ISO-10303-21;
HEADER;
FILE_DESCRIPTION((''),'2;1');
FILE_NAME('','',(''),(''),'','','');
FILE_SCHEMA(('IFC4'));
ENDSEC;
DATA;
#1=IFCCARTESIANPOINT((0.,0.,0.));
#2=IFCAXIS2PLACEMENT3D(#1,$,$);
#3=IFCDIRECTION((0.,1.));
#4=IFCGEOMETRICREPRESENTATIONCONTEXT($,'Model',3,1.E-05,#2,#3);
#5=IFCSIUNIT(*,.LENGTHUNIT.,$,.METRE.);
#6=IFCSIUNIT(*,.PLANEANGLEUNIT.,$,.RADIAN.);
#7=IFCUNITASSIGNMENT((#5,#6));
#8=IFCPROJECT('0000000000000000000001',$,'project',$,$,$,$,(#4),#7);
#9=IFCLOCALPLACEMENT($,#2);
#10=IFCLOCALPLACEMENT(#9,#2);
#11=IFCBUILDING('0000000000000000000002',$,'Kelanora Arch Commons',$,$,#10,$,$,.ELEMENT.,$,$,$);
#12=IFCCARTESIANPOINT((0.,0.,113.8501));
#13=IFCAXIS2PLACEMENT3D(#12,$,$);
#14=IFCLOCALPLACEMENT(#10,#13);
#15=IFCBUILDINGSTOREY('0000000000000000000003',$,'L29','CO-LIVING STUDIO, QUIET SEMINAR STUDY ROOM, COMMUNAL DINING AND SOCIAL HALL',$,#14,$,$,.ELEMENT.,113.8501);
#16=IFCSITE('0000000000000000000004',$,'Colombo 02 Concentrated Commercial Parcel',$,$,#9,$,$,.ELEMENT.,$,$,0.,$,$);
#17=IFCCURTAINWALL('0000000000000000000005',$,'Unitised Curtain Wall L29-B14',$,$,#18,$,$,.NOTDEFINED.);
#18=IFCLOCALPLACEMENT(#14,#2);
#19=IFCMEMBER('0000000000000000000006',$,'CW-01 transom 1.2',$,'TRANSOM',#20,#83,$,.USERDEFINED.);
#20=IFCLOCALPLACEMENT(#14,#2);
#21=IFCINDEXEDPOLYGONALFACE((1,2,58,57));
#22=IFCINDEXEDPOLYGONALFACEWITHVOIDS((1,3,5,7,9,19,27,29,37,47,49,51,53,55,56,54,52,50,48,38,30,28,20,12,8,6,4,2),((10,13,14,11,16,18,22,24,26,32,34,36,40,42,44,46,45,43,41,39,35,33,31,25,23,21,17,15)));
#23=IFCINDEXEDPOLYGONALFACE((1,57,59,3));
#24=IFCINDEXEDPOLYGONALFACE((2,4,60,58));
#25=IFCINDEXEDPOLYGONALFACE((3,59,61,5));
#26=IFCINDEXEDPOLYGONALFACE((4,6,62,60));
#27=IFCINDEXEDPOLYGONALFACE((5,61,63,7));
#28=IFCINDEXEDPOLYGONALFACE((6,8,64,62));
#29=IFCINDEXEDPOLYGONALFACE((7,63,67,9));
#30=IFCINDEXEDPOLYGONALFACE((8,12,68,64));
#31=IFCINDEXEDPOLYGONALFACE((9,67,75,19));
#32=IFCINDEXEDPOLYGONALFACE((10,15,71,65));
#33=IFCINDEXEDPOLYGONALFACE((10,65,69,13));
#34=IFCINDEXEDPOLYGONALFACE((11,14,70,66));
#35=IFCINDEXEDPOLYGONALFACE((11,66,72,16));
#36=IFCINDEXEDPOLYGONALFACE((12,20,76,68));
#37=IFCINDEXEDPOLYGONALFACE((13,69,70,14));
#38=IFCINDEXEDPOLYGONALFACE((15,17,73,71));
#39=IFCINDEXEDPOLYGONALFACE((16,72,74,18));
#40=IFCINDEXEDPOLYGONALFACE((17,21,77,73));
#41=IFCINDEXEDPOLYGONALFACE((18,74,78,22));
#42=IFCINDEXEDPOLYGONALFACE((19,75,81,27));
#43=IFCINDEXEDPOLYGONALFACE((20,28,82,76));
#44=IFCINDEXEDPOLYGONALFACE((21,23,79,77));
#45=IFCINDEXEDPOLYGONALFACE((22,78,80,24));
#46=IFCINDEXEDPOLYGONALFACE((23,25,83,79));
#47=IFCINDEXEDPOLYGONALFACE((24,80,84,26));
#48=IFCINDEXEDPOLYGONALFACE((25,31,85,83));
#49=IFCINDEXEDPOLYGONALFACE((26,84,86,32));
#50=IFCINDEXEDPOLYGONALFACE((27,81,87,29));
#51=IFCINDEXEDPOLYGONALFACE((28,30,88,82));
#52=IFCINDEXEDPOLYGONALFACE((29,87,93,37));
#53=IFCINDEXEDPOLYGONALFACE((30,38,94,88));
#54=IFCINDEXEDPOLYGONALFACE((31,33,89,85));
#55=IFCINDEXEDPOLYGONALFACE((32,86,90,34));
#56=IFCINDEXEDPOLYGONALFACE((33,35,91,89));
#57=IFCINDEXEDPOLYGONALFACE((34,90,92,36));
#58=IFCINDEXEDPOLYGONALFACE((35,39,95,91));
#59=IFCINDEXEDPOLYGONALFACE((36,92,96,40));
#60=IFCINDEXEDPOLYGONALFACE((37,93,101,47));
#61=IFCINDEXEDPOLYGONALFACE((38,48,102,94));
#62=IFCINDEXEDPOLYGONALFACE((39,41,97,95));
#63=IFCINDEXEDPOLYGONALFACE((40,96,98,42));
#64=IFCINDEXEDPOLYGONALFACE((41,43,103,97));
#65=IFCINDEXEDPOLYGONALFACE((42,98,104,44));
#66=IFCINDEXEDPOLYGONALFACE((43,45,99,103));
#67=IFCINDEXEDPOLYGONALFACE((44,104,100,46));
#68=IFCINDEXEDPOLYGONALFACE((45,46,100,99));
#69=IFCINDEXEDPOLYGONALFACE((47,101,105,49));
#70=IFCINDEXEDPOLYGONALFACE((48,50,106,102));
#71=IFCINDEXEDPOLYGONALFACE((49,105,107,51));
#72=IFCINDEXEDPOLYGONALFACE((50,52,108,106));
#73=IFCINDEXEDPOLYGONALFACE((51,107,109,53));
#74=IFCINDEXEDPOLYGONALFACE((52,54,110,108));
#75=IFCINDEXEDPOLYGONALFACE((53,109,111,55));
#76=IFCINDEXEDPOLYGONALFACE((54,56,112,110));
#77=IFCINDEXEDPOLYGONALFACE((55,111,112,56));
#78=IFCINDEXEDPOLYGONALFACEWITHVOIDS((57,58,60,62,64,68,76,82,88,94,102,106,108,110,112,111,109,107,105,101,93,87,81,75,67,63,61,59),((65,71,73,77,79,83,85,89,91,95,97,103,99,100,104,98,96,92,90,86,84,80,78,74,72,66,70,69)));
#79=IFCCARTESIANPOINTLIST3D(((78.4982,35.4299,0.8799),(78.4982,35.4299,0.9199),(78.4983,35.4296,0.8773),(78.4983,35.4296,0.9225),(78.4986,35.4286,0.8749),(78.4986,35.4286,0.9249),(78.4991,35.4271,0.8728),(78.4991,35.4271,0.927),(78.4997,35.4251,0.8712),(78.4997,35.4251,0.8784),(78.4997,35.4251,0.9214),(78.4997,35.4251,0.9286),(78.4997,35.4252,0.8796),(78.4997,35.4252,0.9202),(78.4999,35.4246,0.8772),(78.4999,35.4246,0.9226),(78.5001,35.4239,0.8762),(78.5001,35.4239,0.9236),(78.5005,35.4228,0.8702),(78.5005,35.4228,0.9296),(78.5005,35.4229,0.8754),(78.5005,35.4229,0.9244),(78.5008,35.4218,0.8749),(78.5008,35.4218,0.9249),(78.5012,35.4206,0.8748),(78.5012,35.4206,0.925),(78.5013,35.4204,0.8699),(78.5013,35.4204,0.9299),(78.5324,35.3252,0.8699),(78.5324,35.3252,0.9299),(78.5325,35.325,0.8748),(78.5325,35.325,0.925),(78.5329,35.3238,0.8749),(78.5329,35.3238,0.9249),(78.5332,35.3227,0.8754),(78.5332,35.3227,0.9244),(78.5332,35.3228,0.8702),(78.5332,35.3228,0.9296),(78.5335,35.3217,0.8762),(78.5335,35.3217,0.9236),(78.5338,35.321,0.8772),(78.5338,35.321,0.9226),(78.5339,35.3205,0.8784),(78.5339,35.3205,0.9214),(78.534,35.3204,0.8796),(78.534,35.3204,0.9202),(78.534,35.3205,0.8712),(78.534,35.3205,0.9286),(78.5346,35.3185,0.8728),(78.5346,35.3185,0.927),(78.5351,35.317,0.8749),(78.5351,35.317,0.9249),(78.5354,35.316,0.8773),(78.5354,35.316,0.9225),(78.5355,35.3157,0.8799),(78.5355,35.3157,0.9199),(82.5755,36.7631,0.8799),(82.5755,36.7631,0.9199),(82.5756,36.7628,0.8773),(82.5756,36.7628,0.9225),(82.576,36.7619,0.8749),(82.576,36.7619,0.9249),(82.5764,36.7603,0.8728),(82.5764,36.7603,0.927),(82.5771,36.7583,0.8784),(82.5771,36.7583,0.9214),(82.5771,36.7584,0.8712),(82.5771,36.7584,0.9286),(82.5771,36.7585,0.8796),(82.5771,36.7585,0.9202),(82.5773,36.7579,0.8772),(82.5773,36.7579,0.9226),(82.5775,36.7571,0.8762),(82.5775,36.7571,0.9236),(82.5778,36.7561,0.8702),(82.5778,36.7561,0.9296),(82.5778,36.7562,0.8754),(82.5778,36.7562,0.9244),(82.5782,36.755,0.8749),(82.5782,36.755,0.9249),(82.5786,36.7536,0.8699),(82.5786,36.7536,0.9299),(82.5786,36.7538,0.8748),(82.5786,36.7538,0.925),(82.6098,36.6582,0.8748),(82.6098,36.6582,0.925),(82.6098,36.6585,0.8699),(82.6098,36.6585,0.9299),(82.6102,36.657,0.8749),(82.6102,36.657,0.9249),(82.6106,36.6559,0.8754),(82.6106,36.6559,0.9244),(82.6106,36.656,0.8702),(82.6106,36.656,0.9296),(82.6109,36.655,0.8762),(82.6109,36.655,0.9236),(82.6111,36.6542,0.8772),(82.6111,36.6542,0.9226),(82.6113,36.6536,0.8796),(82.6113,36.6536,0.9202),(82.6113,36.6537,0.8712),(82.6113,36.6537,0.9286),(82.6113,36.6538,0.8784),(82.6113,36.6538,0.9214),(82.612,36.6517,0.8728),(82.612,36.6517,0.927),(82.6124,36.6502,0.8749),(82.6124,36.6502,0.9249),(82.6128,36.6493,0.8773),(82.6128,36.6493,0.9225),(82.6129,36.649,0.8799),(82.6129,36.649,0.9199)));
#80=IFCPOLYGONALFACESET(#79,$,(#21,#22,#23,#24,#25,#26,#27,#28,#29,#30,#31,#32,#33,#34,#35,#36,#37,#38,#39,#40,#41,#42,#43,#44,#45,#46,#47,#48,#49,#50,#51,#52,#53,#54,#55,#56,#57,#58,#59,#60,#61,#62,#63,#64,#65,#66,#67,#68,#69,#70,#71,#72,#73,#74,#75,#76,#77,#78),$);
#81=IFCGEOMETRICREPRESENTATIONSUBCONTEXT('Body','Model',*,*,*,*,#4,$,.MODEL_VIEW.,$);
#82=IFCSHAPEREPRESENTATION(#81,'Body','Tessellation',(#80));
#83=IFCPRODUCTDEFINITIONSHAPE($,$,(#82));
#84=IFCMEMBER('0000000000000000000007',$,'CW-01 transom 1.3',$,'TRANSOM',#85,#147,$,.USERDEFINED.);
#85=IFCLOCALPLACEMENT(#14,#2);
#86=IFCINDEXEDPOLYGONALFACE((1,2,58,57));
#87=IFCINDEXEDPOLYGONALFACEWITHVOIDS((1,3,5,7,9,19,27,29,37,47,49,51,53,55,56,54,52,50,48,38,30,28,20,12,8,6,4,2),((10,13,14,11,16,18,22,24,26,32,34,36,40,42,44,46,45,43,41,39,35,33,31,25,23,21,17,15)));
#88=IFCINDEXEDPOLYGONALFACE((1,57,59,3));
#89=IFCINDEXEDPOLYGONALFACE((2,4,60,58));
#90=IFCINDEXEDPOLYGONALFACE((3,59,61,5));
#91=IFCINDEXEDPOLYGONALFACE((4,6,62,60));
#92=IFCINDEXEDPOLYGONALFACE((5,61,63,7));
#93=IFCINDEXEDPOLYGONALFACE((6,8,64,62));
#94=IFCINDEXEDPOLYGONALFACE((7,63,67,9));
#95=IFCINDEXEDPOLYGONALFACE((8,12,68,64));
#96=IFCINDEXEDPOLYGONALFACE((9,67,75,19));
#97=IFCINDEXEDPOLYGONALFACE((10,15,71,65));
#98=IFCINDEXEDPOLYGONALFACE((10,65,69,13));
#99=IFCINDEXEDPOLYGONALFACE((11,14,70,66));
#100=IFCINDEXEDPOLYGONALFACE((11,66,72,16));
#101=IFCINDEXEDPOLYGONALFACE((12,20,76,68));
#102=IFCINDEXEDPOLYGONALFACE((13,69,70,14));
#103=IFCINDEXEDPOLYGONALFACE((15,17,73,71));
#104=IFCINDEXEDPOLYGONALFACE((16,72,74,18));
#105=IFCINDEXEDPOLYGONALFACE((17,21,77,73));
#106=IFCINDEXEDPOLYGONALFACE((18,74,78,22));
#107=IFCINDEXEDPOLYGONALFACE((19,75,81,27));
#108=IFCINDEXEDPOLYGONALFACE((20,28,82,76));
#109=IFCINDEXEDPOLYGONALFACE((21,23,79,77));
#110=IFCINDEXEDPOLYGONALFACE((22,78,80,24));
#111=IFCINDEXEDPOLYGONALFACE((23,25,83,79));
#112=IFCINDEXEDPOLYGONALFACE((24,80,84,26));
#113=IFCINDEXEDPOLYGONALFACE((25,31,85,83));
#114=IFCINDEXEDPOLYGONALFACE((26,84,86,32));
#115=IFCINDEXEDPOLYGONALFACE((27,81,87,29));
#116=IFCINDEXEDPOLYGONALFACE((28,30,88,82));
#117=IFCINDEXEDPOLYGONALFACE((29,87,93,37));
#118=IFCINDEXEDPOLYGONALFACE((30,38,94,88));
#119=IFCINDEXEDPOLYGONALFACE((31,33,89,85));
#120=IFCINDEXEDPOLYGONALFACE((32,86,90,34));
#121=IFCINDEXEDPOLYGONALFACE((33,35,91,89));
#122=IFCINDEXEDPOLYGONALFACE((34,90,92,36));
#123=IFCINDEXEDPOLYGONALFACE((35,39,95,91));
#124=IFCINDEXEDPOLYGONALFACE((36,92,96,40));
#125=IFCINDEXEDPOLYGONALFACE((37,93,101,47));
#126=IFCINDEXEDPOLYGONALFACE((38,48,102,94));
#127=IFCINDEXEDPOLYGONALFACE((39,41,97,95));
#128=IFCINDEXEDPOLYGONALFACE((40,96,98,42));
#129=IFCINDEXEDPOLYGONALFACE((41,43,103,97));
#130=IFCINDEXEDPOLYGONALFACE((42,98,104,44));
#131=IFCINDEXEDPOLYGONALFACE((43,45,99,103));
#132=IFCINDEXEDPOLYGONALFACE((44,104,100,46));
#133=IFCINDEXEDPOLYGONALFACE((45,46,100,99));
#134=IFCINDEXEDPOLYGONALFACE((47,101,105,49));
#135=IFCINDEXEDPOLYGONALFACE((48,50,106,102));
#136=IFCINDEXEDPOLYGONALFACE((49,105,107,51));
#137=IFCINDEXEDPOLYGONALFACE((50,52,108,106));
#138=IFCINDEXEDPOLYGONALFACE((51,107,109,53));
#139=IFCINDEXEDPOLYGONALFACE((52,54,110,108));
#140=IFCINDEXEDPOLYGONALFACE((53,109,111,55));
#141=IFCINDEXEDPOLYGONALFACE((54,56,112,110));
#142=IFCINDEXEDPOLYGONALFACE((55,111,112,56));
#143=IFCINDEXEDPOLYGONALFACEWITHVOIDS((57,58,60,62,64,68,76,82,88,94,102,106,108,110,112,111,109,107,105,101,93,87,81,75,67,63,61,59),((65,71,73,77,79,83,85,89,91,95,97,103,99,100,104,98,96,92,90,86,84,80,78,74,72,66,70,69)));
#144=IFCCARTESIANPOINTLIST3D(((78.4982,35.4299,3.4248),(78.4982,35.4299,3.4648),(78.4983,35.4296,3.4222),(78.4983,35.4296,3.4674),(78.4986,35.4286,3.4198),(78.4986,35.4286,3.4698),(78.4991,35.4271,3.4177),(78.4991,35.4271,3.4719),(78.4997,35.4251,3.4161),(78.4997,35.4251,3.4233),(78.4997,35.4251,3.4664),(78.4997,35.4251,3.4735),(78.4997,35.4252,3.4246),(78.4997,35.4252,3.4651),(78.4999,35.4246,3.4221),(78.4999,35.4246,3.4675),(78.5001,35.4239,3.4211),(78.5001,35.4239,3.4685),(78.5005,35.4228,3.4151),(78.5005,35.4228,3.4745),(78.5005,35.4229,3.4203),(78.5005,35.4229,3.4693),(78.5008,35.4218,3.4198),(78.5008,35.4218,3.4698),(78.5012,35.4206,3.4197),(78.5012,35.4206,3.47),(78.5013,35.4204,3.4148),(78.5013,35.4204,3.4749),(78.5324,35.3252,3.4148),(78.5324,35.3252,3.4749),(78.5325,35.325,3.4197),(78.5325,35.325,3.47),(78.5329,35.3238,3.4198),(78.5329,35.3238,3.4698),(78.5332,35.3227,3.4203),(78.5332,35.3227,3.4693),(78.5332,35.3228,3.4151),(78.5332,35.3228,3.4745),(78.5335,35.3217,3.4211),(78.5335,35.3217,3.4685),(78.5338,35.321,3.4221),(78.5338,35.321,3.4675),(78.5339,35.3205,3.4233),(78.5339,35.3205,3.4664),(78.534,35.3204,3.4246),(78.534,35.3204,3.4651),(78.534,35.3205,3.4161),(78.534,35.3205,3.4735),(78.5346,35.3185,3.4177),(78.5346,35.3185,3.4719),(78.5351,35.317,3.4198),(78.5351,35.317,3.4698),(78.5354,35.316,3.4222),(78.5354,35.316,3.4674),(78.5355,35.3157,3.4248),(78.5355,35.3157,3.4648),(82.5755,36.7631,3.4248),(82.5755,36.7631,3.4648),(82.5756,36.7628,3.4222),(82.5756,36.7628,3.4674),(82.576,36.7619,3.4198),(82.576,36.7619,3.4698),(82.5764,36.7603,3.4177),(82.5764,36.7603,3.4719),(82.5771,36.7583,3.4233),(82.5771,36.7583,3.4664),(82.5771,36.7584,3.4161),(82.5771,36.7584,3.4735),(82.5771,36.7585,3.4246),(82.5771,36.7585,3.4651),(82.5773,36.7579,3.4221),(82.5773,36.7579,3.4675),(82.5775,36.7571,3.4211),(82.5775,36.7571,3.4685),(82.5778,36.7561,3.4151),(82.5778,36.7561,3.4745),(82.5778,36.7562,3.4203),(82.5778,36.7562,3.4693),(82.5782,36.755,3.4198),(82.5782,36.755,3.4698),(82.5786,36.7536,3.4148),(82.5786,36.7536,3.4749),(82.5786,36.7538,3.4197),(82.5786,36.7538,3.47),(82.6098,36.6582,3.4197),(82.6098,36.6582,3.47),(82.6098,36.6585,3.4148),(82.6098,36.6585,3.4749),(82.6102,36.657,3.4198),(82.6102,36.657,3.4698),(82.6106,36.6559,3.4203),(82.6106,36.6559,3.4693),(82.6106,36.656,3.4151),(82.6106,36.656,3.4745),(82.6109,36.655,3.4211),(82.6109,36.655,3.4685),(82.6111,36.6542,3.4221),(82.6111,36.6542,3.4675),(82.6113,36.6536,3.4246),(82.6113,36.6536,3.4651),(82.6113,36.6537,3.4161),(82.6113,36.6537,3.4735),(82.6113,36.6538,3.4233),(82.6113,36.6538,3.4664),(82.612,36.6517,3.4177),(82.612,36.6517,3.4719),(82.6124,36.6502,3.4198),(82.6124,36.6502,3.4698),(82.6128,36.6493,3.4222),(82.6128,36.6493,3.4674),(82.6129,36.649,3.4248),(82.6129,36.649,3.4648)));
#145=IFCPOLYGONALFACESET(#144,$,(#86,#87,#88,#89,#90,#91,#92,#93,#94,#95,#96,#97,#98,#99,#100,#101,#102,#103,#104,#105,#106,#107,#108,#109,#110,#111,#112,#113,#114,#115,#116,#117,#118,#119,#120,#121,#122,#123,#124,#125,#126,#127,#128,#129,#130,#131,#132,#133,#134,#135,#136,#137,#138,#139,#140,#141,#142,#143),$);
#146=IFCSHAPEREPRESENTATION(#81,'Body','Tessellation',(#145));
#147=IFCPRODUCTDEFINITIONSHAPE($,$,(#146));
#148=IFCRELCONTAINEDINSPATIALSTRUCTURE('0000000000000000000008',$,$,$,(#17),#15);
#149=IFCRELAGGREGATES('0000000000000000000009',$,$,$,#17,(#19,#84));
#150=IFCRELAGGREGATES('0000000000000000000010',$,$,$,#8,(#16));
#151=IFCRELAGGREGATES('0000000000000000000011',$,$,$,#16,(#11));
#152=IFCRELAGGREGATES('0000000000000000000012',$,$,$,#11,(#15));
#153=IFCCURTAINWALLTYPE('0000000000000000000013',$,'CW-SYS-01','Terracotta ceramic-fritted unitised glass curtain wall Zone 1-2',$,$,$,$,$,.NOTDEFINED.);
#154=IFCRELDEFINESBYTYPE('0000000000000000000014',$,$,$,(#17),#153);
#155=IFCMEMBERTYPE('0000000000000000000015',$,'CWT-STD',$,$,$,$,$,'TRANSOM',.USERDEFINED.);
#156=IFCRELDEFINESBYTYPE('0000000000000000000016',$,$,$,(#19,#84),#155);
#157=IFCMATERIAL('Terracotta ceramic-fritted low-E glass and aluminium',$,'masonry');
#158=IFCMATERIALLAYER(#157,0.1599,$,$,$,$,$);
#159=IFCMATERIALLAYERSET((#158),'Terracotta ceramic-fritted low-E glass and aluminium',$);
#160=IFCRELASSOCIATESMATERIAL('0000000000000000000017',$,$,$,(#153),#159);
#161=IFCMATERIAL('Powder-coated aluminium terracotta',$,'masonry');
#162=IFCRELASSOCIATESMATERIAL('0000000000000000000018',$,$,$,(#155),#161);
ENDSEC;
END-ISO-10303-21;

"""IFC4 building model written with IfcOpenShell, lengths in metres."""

from ifc_helpers import new_model, si_unit, direction, frame, origin, origin_2d, place, context, subcontext, project, spatial, hollow_rectangle, extrude, material, layer, layer_set, material_profile, profile_set, type_object, element, aggregate, save


model = new_model("IFC4")

# Units and contexts
model_context = context("Model", 3, precision=1e-05, world=origin(), true_north=direction((0.0, 1.0)))
body_context = subcontext(model_context, "Body", "Model", "MODEL_VIEW")
ifc_project = project(units=[si_unit("LENGTHUNIT", "METRE"), si_unit("PLANEANGLEUNIT", "RADIAN")], contexts=[model_context])

# Site, building, storey
site_placement = place(None, origin())
site = spatial("IfcSite", under=ifc_project, at=site_placement, Name="Colombo 02 Concentrated Commercial Parcel", CompositionType="ELEMENT", RefElevation=0.0)
building_placement = place(site_placement, origin())
building = spatial("IfcBuilding", under=site, at=building_placement, Name="Kelanora Arch Commons", CompositionType="ELEMENT")
storey_placement = place(building_placement, frame((0.0, 0.0, 113.8501)))
storey = spatial("IfcBuildingStorey", under=building, at=storey_placement, Name="L29", Description="CO-LIVING STUDIO, QUIET SEMINAR STUDY ROOM, COMMUNAL DINING AND SOCIAL HALL", CompositionType="ELEMENT", Elevation=113.8501)

# Curtain wall, members
ifc_material_1 = material(Name="Terracotta ceramic-fritted low-E glass and aluminium", Category="masonry")
ifc_layer_1 = layer(ifc_material_1, 0.1599)
ifc_layer_set_1 = layer_set([ifc_layer_1], Name="Terracotta ceramic-fritted low-E glass and aluminium")
curtain_wall_type = type_object("IfcCurtainWallType", Name="CW-SYS-01", Description="Terracotta ceramic-fritted unitised glass curtain wall Zone 1-2", PredefinedType="NOTDEFINED", material=ifc_layer_set_1)
curtain_wall_placement = place(storey_placement, origin())
curtain_wall = element("IfcCurtainWall", 1, at=curtain_wall_placement, inside=storey, type_object=curtain_wall_type, Name="Unitised Curtain Wall L29-B14", PredefinedType="NOTDEFINED")
ifc_material_2 = material(Name="Powder-coated aluminium terracotta", Category="masonry")
ifc_material_profile_1 = material_profile(ifc_material_2, hollow_rectangle(XDim=0.1201, YDim=0.0601, WallThickness=0.0049, InnerFilletRadius=0.0049, OuterFilletRadius=0.01, at=origin_2d()), Name="CWT120x60")
ifc_profile_set_1 = profile_set([ifc_material_profile_1], Name="Powder-coated aluminium terracotta")
member_type_1 = type_object("IfcMemberType", Name="CWT-STD", ElementType="TRANSOM", PredefinedType="USERDEFINED", material=ifc_profile_set_1)
member_1_placement = place(storey_placement, frame((78.5168, 35.3728, 0.8999), z_axis=(0.950478, 0.310793, 0.0), x_axis=(-0.310793, 0.950478, 0.0)))
member_1 = element("IfcMember", 2, at=member_1_placement, type_object=member_type_1, Name="CW-01 transom 1.2", ObjectType="TRANSOM", PredefinedType="USERDEFINED", context=body_context, shape_type="SweptSolid", body=[
    extrude(hollow_rectangle(XDim=0.1201, YDim=0.0601, WallThickness=0.0049, InnerFilletRadius=0.0049, OuterFilletRadius=0.01, at=origin_2d()), origin(), (0.0, 0.0, 1.0), 4.2898),
])
member_2_placement = place(storey_placement, frame((78.5168, 35.3728, 3.4448), z_axis=(0.950478, 0.310793, 0.0), x_axis=(-0.310793, 0.950478, 0.0)))
member_2 = element("IfcMember", 3, at=member_2_placement, type_object=member_type_1, Name="CW-01 transom 1.3", ObjectType="TRANSOM", PredefinedType="USERDEFINED", context=body_context, shape_type="SweptSolid", body=[
    extrude(hollow_rectangle(XDim=0.1201, YDim=0.0601, WallThickness=0.0049, InnerFilletRadius=0.0049, OuterFilletRadius=0.01, at=origin_2d()), origin(), (0.0, 0.0, 1.0), 4.2898),
])
aggregate(curtain_wall, [member_1, member_2])

save(model, "model.ifc")
